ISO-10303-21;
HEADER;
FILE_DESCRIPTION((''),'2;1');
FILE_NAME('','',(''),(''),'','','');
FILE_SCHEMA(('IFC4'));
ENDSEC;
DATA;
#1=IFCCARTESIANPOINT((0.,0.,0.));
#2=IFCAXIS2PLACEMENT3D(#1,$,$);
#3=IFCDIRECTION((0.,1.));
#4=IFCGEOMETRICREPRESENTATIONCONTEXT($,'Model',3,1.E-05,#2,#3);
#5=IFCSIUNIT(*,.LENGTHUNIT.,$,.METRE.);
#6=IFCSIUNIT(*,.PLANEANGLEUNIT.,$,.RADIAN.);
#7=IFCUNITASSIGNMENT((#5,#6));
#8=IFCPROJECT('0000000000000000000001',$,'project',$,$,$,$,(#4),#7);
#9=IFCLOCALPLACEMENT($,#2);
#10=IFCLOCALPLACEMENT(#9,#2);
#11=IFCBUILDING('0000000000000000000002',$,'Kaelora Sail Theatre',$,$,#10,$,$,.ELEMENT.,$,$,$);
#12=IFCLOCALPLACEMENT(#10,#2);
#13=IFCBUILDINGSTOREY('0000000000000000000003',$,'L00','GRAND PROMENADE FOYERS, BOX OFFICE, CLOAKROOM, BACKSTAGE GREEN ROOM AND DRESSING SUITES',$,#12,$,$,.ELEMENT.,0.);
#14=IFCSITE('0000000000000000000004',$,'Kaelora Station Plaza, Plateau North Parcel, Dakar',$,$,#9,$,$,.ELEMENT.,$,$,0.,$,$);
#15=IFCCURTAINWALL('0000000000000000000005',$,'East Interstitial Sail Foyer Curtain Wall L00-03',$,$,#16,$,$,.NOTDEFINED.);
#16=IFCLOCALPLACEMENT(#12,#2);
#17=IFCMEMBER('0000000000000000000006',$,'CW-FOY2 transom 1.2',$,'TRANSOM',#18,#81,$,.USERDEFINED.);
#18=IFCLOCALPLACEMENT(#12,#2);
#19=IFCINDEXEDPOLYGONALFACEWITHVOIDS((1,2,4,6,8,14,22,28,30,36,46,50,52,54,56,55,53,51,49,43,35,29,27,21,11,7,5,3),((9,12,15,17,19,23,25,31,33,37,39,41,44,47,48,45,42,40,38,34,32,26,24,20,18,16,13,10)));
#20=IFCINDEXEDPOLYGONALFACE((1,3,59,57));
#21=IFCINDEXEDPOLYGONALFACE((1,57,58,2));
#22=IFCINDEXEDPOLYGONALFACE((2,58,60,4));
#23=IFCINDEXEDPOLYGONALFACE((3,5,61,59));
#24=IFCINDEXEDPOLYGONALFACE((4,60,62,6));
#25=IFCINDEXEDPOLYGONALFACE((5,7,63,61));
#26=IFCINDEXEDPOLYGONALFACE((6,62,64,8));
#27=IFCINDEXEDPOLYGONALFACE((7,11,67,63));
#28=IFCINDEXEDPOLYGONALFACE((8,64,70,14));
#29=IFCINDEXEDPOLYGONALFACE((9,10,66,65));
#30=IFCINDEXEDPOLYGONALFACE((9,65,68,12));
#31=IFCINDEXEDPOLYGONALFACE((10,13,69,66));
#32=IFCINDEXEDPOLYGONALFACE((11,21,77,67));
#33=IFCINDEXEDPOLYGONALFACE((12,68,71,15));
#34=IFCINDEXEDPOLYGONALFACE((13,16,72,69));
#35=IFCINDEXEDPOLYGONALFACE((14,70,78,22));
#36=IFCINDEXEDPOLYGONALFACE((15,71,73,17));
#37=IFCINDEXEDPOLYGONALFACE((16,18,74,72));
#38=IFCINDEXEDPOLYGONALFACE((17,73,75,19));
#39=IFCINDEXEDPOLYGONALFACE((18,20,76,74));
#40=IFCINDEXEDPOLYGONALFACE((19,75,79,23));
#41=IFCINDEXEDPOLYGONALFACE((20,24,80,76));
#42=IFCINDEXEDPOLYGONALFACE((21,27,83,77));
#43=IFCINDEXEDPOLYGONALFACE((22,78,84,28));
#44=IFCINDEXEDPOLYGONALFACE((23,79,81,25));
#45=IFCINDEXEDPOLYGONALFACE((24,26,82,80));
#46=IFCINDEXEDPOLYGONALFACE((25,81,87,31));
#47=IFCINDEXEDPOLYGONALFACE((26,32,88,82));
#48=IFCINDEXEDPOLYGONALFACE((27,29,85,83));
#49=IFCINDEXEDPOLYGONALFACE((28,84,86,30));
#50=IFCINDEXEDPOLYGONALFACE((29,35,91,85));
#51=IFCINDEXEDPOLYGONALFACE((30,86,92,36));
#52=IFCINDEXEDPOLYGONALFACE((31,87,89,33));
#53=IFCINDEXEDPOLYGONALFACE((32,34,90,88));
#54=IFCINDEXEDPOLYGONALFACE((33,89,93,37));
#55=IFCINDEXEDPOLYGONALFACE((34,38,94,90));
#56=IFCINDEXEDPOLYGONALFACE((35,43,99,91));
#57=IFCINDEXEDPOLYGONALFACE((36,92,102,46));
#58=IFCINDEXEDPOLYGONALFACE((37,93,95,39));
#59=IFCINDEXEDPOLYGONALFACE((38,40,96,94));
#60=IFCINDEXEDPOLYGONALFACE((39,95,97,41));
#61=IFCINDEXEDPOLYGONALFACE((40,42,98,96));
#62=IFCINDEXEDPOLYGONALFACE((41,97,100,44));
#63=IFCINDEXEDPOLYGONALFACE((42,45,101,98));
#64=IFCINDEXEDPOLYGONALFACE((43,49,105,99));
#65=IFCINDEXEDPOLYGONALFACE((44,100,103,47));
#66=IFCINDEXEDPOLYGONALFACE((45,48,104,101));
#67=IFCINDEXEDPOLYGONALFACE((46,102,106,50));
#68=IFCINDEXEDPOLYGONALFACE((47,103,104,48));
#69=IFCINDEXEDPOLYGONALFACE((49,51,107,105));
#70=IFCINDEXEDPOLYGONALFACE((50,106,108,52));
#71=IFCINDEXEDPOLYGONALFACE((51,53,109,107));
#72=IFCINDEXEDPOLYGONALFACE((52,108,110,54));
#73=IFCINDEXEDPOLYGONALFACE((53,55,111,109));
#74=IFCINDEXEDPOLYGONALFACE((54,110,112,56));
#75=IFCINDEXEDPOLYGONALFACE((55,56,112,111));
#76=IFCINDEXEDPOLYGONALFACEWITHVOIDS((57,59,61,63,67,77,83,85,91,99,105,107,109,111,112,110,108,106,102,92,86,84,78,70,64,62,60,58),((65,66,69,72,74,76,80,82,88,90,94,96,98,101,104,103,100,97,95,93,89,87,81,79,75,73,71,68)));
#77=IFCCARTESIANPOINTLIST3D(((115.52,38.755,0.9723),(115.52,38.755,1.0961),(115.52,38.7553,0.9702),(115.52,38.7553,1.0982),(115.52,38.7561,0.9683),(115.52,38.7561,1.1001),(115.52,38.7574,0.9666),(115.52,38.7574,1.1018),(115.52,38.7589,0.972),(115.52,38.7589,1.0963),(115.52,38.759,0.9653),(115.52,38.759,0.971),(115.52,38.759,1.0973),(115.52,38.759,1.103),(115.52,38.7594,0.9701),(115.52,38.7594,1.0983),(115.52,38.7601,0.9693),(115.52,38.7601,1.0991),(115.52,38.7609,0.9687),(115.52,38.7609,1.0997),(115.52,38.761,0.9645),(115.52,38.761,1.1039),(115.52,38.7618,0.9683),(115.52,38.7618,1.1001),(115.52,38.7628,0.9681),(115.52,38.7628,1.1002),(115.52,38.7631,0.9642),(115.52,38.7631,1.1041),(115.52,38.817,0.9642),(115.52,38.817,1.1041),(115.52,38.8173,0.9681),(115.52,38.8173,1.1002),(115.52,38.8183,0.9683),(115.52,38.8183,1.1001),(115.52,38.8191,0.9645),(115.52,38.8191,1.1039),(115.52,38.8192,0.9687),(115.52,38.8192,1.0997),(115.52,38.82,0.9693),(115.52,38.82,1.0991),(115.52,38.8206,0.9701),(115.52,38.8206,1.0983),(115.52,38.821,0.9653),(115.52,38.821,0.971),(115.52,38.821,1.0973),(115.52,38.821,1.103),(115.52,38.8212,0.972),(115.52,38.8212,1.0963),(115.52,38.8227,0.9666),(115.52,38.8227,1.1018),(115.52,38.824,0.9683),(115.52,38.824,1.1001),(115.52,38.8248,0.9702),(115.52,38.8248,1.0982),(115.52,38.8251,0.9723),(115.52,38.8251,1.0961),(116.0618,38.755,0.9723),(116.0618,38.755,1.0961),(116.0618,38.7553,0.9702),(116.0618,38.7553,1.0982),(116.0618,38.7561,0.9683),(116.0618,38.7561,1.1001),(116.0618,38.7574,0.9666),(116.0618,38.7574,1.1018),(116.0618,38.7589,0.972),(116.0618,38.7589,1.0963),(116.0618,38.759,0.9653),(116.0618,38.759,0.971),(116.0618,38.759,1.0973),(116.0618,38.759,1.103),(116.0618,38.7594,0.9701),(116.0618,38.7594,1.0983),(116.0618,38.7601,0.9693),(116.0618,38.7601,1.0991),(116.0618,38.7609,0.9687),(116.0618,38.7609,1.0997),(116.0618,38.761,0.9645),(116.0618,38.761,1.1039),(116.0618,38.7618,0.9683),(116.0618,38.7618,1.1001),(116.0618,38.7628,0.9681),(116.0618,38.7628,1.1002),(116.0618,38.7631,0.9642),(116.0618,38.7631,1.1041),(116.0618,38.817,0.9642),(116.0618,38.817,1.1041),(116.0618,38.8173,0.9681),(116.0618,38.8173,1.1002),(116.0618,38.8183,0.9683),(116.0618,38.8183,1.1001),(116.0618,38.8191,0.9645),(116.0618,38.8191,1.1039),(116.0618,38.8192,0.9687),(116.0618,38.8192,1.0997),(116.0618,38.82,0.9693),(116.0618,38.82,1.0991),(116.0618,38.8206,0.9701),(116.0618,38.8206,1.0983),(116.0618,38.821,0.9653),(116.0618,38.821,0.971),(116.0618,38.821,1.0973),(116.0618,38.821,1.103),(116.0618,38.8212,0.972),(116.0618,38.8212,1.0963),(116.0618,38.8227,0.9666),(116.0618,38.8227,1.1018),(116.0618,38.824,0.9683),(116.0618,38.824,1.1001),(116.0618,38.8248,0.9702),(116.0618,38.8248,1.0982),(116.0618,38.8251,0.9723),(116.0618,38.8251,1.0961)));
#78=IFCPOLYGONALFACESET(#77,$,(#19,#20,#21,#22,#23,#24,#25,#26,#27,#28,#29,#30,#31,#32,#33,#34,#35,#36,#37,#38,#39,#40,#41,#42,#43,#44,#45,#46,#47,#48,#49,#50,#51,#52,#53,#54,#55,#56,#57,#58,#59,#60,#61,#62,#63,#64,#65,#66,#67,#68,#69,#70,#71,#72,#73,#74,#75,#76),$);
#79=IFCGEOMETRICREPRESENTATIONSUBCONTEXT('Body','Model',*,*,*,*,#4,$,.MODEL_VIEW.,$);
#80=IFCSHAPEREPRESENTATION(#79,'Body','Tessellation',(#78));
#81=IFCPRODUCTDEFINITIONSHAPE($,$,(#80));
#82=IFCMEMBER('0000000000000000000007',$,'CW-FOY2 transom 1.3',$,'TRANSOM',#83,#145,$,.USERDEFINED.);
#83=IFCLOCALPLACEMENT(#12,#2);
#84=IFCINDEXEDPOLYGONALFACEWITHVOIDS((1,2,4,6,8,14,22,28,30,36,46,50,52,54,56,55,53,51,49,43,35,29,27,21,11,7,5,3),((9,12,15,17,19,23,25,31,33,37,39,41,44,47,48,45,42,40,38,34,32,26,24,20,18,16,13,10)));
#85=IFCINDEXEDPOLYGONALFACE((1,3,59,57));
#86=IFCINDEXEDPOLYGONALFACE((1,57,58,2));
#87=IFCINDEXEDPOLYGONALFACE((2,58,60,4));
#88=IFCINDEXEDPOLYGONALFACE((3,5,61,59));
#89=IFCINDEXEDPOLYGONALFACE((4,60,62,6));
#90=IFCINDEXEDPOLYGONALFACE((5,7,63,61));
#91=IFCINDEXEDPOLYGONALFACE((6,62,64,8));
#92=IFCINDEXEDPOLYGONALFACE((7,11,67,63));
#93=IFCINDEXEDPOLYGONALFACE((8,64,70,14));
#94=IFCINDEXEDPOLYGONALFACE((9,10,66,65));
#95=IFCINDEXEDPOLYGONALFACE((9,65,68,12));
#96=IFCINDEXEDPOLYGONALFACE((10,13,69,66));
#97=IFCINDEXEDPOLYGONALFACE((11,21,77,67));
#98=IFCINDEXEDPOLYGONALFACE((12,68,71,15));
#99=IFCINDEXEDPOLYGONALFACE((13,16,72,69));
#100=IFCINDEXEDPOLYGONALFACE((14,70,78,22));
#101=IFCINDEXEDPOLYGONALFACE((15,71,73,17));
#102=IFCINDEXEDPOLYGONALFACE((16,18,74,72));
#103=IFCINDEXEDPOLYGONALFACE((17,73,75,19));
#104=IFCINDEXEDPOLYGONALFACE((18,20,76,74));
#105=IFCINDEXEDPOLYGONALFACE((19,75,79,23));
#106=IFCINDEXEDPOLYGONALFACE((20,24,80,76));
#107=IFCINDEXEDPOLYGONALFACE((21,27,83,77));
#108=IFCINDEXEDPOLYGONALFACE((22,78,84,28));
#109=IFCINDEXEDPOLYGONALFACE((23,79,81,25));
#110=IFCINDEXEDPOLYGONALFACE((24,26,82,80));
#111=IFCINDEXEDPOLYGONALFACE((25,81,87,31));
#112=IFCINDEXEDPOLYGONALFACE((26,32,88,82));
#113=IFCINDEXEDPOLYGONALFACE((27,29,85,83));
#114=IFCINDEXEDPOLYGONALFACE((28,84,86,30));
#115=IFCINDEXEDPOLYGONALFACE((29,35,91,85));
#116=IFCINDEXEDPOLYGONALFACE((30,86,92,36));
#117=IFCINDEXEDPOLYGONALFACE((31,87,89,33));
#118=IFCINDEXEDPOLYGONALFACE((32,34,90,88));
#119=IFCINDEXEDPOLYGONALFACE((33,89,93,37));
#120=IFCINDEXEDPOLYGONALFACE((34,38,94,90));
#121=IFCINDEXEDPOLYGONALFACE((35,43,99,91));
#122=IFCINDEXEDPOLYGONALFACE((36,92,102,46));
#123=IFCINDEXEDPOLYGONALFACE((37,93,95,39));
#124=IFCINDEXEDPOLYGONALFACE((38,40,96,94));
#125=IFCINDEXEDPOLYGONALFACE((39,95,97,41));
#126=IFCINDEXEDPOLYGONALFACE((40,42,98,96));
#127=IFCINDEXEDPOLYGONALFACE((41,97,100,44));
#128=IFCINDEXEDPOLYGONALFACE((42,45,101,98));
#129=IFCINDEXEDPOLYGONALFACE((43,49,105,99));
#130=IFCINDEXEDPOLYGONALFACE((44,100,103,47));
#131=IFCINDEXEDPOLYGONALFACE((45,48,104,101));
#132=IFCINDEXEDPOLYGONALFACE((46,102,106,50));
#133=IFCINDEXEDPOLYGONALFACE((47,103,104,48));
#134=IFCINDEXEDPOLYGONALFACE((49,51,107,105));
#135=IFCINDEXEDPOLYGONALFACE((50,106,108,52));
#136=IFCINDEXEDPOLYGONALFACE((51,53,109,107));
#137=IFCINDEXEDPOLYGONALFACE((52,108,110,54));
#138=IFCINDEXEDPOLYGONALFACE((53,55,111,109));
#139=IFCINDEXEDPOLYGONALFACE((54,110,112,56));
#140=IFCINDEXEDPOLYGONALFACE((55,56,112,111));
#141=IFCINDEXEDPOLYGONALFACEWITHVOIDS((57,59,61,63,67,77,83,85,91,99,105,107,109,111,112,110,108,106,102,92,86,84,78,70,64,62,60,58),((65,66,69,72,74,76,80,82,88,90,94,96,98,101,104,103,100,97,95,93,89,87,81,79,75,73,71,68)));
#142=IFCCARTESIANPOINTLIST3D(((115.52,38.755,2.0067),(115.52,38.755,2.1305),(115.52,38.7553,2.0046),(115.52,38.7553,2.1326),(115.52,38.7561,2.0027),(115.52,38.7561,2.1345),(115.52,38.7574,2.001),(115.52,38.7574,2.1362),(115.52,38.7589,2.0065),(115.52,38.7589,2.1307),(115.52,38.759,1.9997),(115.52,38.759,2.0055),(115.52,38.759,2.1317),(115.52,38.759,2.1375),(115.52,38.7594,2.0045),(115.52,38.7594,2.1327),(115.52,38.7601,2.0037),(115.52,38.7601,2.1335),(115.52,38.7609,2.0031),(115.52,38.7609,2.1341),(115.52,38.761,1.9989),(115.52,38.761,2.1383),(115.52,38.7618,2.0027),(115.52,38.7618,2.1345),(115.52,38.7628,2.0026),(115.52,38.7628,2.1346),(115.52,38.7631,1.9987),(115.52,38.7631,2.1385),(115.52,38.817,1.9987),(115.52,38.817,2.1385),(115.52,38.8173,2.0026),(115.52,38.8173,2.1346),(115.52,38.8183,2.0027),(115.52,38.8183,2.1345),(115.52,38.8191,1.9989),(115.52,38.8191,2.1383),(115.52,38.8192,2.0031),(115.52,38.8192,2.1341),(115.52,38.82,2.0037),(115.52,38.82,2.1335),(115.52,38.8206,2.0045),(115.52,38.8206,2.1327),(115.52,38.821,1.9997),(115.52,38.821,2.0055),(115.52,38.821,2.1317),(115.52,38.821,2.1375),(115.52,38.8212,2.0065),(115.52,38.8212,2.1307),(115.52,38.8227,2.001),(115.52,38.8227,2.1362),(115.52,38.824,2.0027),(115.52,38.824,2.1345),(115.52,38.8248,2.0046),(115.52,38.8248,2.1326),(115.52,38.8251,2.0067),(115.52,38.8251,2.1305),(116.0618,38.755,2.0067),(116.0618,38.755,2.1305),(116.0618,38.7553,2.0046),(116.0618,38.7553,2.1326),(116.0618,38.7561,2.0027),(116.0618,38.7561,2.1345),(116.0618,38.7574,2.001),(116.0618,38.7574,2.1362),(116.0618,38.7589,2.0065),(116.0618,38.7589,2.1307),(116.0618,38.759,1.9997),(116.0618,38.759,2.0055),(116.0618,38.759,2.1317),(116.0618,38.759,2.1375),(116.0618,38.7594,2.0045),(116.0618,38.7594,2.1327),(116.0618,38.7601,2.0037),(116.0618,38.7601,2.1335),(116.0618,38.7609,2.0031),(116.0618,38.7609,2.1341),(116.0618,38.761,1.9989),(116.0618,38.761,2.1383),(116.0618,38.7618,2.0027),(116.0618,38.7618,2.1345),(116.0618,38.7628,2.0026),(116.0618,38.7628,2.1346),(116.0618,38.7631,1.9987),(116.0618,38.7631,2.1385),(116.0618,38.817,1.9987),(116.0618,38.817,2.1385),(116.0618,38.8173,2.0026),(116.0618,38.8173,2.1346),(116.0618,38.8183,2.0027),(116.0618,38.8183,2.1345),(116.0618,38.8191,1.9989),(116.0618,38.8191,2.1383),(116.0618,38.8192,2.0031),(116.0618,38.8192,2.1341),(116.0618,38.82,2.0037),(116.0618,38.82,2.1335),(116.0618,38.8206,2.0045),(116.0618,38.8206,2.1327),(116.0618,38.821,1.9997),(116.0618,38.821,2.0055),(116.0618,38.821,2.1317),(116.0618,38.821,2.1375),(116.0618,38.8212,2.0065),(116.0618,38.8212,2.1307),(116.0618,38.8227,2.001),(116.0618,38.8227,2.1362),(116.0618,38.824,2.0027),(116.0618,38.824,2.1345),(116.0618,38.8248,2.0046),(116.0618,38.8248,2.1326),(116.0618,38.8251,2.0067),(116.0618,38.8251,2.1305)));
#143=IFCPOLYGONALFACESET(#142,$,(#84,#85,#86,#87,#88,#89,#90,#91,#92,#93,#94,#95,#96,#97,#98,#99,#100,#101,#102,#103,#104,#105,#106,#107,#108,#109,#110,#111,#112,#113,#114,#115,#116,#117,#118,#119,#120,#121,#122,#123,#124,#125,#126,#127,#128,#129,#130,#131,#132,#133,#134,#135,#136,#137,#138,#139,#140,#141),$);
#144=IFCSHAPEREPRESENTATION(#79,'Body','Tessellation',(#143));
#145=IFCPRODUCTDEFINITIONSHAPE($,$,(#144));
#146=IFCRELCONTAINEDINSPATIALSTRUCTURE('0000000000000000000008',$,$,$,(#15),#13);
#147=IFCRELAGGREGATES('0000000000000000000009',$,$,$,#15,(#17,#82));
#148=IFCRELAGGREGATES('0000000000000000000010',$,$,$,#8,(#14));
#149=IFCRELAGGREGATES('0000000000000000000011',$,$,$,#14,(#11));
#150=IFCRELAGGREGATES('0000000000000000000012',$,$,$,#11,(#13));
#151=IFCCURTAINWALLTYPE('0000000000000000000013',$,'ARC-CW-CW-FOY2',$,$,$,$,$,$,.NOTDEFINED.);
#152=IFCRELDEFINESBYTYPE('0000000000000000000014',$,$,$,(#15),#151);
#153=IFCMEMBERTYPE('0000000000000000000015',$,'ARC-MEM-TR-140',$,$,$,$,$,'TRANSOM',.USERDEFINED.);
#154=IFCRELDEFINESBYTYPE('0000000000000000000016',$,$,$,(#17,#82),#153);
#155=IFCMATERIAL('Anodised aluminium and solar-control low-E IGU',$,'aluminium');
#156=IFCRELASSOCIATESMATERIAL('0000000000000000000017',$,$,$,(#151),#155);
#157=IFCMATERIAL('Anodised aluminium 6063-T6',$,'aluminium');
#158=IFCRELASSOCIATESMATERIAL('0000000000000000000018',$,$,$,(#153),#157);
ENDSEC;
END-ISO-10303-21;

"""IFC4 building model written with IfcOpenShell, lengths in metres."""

from ifc_helpers import new_model, si_unit, direction, frame, origin, origin_2d, place, context, subcontext, project, spatial, hollow_rectangle, extrude, material, material_profile, profile_set, type_object, element, aggregate, save


model = new_model("IFC4")

# Units and contexts
model_context = context("Model", 3, precision=1e-05, world=origin(), true_north=direction((0.0, 1.0)))
body_context = subcontext(model_context, "Body", "Model", "MODEL_VIEW")
ifc_project = project(units=[si_unit("LENGTHUNIT", "METRE"), si_unit("PLANEANGLEUNIT", "RADIAN")], contexts=[model_context])

# Site, building, storey
site_placement = place(None, origin())
site = spatial("IfcSite", under=ifc_project, at=site_placement, Name="Kaelora Station Plaza, Plateau North Parcel, Dakar", CompositionType="ELEMENT", RefElevation=0.0)
building_placement = place(site_placement, origin())
building = spatial("IfcBuilding", under=site, at=building_placement, Name="Kaelora Sail Theatre", CompositionType="ELEMENT")
storey_placement = place(building_placement, origin())
storey = spatial("IfcBuildingStorey", under=building, at=storey_placement, Name="L00", Description="GRAND PROMENADE FOYERS, BOX OFFICE, CLOAKROOM, BACKSTAGE GREEN ROOM AND DRESSING SUITES", CompositionType="ELEMENT", Elevation=0.0)

# Shared definitions
ifc_material_1 = material(Name="Anodised aluminium and solar-control low-E IGU", Category="aluminium")
curtain_wall_type = type_object("IfcCurtainWallType", Name="ARC-CW-CW-FOY2", PredefinedType="NOTDEFINED", material=ifc_material_1)

# Curtain wall, members
curtain_wall_1_placement = place(storey_placement, origin())
curtain_wall_1 = element("IfcCurtainWall", 1, at=curtain_wall_1_placement, inside=storey, type_object=curtain_wall_type, Name="East Interstitial Sail Foyer Curtain Wall L00-03", PredefinedType="NOTDEFINED")
ifc_material_2 = material(Name="Anodised aluminium 6063-T6", Category="aluminium")
ifc_material_profile_1 = material_profile(ifc_material_2, hollow_rectangle(XDim=0.0701, YDim=0.1399, WallThickness=0.0039, InnerFilletRadius=0.0039, OuterFilletRadius=0.0081, at=origin_2d()), Name="ALU-TRAN 70x140x4")
ifc_profile_set_1 = profile_set([ifc_material_profile_1], Name="Anodised aluminium 6063-T6")
member_type_1 = type_object("IfcMemberType", Name="ARC-MEM-TR-140", ElementType="TRANSOM", PredefinedType="USERDEFINED", material=ifc_profile_set_1)
member_1_placement = place(storey_placement, frame((115.52, 38.79, 1.0342), z_axis=(1.0, 0.0, 0.0), x_axis=(0.0, 1.0, 0.0)))
member_1 = element("IfcMember", 2, at=member_1_placement, type_object=member_type_1, Name="CW-FOY2 transom 1.2", ObjectType="TRANSOM", PredefinedType="USERDEFINED", context=body_context, shape_type="SweptSolid", body=[
    extrude(hollow_rectangle(XDim=0.0701, YDim=0.1399, WallThickness=0.0039, InnerFilletRadius=0.0039, OuterFilletRadius=0.0081, at=origin_2d()), origin(), (0.0, 0.0, 1.0), 0.5417),
])
member_2_placement = place(storey_placement, frame((115.52, 38.79, 2.0686), z_axis=(1.0, 0.0, 0.0), x_axis=(0.0, 1.0, 0.0)))
member_2 = element("IfcMember", 3, at=member_2_placement, type_object=member_type_1, Name="CW-FOY2 transom 1.3", ObjectType="TRANSOM", PredefinedType="USERDEFINED", context=body_context, shape_type="SweptSolid", body=[
    extrude(hollow_rectangle(XDim=0.0701, YDim=0.1399, WallThickness=0.0039, InnerFilletRadius=0.0039, OuterFilletRadius=0.0081, at=origin_2d()), origin(), (0.0, 0.0, 1.0), 0.5417),
])

aggregate(curtain_wall_1, [member_1, member_2])

save(model, "model.ifc")
